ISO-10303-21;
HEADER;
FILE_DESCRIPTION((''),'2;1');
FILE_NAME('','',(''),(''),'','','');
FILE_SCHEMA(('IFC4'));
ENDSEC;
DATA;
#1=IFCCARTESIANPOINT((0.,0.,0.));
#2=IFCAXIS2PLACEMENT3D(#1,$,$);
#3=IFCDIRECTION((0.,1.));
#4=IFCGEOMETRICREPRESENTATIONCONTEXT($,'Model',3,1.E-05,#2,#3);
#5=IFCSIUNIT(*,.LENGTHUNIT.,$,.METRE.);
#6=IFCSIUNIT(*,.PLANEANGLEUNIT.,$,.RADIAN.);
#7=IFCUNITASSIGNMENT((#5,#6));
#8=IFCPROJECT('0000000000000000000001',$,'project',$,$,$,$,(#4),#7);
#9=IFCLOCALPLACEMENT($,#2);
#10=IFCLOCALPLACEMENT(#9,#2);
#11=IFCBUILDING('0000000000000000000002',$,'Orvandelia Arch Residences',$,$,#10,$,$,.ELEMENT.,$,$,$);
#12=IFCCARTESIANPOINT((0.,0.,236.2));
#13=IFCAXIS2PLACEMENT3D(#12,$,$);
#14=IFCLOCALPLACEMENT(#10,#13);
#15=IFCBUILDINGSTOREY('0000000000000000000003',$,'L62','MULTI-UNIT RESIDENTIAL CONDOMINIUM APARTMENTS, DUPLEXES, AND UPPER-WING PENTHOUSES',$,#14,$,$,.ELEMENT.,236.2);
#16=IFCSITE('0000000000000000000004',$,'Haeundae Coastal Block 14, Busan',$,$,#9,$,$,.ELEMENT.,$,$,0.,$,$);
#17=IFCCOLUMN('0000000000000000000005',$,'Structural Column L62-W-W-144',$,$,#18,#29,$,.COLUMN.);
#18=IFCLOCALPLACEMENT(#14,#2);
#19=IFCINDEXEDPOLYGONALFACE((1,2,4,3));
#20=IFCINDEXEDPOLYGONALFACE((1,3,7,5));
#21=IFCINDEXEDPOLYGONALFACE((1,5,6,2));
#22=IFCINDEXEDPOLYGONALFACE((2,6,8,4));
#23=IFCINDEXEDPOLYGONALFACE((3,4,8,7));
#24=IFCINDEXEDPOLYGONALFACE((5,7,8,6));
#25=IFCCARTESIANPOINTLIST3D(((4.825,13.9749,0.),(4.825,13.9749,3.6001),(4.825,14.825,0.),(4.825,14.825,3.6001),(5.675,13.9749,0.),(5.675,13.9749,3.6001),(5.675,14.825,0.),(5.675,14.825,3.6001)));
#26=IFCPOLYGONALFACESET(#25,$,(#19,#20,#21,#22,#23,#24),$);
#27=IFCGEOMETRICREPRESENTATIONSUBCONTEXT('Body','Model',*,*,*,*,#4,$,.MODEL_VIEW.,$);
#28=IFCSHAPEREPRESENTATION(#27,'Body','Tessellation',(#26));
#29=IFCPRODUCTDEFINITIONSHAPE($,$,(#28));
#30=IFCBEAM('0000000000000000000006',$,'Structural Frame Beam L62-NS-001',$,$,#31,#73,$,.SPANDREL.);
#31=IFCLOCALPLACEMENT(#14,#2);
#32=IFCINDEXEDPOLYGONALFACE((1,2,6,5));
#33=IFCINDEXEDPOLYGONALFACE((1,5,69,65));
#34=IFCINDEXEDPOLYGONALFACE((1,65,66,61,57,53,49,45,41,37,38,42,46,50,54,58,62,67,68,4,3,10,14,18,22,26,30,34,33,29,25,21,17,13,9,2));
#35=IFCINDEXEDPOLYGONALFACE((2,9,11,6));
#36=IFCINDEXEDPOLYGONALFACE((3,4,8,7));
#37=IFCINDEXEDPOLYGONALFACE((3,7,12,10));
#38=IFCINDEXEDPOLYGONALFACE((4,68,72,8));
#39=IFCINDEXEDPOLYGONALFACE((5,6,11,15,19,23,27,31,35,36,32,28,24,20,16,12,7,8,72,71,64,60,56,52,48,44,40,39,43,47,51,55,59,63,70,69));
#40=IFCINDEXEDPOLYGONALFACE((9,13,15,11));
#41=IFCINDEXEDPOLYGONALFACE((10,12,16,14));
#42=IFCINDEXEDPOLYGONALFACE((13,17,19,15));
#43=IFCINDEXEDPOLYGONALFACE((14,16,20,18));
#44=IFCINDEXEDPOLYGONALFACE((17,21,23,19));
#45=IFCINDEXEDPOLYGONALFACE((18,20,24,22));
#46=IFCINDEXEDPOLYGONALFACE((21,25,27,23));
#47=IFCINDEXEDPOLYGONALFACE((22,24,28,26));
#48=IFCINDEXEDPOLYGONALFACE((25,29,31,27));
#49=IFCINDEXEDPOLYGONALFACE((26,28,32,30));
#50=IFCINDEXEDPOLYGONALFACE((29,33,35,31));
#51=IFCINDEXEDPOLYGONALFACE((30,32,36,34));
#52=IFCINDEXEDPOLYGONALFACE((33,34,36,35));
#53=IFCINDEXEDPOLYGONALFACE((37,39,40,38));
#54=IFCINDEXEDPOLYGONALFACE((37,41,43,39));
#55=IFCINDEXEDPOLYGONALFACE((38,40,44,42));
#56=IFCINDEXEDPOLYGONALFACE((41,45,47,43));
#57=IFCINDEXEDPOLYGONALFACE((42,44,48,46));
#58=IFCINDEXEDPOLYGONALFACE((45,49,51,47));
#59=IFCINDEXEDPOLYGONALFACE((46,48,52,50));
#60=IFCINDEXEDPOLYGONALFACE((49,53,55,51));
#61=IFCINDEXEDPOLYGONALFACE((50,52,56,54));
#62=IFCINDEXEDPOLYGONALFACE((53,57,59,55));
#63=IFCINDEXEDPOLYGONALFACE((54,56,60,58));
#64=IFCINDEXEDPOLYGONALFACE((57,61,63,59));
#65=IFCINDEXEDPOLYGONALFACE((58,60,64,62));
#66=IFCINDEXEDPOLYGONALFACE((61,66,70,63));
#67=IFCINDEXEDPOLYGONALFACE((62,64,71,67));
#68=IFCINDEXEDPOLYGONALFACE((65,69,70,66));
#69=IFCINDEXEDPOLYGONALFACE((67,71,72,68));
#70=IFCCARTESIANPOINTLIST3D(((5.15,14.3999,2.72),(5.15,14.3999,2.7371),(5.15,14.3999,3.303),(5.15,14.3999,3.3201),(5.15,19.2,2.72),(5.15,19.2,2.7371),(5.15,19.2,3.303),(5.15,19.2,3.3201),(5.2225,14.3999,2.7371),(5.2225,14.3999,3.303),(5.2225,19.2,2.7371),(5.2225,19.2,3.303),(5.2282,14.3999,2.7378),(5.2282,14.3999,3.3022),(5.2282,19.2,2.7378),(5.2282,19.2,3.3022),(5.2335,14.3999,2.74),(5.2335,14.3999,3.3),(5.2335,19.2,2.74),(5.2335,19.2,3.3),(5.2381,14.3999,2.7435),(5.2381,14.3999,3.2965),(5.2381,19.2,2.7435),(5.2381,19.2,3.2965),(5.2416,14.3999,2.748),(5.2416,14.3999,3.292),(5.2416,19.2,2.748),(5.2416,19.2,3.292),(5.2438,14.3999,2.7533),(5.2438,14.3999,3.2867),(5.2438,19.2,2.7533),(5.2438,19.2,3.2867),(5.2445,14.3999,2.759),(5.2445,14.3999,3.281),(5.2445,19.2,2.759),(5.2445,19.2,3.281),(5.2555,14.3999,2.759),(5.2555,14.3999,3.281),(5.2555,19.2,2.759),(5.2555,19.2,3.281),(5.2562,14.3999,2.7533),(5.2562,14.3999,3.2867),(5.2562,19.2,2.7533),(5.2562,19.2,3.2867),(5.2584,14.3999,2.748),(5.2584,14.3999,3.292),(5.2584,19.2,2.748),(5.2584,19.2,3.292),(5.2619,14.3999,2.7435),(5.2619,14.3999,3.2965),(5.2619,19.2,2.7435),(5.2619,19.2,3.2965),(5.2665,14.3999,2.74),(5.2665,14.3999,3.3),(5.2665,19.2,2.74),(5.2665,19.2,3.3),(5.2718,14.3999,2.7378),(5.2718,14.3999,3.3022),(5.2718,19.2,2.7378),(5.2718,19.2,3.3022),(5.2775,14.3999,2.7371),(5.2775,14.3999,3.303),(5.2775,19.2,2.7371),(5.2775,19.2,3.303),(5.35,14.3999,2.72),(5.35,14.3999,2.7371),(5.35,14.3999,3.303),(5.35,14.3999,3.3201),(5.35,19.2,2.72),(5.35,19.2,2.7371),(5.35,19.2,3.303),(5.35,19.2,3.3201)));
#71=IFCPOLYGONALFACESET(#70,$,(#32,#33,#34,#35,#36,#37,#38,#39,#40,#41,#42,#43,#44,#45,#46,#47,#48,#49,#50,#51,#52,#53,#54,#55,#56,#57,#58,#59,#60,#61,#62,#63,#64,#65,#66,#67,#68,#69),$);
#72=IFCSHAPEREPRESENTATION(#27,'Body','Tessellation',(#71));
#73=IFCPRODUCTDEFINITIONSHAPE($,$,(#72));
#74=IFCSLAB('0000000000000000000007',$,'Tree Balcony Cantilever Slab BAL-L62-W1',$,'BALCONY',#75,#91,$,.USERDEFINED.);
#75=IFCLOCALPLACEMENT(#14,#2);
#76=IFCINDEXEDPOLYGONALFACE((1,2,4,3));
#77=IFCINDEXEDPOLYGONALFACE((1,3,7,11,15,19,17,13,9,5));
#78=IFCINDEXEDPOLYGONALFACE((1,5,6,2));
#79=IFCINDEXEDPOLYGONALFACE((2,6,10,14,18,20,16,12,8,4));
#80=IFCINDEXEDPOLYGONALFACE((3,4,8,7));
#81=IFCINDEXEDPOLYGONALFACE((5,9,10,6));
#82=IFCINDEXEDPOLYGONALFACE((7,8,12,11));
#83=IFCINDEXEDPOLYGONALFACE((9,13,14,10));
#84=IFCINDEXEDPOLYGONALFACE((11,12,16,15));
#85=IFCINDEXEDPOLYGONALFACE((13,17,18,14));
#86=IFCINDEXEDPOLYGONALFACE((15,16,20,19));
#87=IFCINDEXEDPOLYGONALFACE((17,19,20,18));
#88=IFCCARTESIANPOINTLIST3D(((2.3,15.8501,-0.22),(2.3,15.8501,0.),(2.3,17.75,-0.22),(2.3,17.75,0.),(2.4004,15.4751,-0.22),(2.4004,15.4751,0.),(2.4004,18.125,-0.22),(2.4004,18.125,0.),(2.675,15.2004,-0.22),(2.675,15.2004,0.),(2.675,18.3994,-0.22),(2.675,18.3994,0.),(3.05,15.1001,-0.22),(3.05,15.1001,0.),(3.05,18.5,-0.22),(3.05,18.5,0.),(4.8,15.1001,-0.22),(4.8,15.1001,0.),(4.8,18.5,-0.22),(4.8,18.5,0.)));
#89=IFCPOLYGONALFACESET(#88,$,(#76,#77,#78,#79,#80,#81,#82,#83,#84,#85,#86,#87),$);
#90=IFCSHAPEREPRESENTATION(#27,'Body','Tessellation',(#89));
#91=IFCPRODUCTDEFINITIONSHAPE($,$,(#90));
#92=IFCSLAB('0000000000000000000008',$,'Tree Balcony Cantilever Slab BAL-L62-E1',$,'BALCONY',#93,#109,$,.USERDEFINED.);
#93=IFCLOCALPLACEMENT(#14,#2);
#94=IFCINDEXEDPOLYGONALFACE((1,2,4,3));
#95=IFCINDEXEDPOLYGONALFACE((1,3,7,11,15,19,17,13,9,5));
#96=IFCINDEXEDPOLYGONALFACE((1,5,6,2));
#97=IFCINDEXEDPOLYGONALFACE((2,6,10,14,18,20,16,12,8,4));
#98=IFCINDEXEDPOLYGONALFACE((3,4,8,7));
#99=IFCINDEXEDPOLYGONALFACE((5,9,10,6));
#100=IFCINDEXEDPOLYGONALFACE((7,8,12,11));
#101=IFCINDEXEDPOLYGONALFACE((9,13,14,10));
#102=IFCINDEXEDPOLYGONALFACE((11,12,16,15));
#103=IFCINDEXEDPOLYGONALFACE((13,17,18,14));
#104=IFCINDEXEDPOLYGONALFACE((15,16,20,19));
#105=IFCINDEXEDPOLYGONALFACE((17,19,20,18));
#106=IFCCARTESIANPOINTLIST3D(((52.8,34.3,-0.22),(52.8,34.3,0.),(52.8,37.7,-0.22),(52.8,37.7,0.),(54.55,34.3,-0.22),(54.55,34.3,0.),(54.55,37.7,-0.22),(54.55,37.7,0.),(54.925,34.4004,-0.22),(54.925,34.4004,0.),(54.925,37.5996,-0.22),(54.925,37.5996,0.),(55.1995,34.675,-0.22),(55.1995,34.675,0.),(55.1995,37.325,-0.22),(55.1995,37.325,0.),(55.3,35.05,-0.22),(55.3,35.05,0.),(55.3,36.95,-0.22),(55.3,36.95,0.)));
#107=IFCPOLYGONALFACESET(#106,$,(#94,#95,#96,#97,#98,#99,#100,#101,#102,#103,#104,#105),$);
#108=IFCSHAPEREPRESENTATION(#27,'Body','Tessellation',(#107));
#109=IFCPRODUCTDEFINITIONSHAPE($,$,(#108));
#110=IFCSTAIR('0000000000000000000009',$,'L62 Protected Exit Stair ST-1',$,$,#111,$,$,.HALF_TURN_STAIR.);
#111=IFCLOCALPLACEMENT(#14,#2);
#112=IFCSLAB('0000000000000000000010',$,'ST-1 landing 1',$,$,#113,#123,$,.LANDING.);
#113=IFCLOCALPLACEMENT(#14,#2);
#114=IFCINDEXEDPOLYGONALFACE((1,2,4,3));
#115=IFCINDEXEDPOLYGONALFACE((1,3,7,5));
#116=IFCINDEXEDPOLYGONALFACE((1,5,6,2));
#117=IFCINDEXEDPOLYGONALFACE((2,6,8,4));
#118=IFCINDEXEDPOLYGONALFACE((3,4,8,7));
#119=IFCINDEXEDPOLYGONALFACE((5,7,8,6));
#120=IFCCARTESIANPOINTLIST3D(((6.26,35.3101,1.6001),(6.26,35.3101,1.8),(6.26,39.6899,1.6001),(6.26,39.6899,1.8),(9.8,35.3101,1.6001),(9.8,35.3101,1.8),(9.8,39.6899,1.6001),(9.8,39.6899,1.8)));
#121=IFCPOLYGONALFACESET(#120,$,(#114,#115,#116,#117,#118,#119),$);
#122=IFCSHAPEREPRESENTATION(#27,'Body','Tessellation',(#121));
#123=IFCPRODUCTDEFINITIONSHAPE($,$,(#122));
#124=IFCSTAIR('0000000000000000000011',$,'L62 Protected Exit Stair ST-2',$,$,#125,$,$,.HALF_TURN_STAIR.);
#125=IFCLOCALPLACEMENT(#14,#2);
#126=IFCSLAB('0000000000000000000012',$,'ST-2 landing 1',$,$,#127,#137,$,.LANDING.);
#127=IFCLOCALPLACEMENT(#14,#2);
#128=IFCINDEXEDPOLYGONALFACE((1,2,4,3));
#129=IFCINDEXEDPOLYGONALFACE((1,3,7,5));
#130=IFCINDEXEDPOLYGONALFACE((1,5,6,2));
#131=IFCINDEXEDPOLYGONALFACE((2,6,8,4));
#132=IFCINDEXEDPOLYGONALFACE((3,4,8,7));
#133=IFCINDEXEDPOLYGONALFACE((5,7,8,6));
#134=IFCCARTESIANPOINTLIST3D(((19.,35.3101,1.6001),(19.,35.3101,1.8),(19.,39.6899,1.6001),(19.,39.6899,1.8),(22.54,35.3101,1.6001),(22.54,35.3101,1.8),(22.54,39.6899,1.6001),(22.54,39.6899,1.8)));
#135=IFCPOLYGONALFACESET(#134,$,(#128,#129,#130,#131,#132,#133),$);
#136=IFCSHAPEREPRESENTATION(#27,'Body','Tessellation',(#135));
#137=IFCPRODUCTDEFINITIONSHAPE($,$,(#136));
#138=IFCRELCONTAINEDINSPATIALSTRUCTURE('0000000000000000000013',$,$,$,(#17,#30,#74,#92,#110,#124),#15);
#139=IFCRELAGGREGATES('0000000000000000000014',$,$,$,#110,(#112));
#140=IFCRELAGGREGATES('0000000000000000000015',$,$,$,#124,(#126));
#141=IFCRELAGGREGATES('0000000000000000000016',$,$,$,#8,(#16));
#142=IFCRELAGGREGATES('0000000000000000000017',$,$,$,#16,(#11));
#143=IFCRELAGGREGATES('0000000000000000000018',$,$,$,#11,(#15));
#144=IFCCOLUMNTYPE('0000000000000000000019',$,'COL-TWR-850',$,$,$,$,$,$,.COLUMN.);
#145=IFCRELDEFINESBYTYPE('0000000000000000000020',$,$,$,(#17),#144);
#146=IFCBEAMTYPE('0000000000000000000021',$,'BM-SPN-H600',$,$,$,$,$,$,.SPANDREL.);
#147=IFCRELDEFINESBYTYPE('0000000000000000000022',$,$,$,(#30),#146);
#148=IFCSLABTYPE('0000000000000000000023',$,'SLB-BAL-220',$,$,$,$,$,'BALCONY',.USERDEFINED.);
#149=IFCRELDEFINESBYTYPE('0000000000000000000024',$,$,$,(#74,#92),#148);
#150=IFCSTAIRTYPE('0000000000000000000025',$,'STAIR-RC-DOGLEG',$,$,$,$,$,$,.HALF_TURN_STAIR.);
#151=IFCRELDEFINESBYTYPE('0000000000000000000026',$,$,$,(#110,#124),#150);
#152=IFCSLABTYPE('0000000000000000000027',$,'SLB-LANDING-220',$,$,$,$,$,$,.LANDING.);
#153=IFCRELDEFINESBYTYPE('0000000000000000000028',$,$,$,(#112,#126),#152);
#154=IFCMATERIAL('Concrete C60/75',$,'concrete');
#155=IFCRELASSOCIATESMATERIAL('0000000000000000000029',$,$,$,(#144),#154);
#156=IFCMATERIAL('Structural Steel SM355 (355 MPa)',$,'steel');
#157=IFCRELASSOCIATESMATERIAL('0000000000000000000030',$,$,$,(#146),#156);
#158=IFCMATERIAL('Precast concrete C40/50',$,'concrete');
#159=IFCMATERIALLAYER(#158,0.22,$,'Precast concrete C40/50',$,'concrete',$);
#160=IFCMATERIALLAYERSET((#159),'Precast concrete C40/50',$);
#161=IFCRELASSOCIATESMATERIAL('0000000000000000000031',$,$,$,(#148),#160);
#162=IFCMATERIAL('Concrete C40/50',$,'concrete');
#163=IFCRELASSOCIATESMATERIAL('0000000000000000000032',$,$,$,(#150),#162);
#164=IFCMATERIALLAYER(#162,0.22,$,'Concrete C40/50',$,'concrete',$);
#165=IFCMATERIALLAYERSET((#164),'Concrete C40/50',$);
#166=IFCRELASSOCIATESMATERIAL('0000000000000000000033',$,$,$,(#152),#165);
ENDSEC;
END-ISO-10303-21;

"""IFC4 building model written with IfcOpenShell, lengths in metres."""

from ifc_helpers import new_model, si_unit, direction, frame, origin, origin_2d, place, context, subcontext, project, spatial, polyline, rectangle, i_section, outline, extrude, material, layer, layer_set, material_profile, profile_set, type_object, element, aggregate, save


model = new_model("IFC4")

# Units and contexts
model_context = context("Model", 3, precision=1e-05, world=origin(), true_north=direction((0.0, 1.0)))
body_context = subcontext(model_context, "Body", "Model", "MODEL_VIEW")
ifc_project = project(units=[si_unit("LENGTHUNIT", "METRE"), si_unit("PLANEANGLEUNIT", "RADIAN")], contexts=[model_context])

# Site, building, storey
site_placement = place(None, origin())
site = spatial("IfcSite", under=ifc_project, at=site_placement, Name="Haeundae Coastal Block 14, Busan", CompositionType="ELEMENT", RefElevation=0.0)
building_placement = place(site_placement, origin())
building = spatial("IfcBuilding", under=site, at=building_placement, Name="Orvandelia Arch Residences", CompositionType="ELEMENT")
storey_placement = place(building_placement, frame((0.0, 0.0, 236.2)))
storey = spatial("IfcBuildingStorey", under=building, at=storey_placement, Name="L62", Description="MULTI-UNIT RESIDENTIAL CONDOMINIUM APARTMENTS, DUPLEXES, AND UPPER-WING PENTHOUSES", CompositionType="ELEMENT", Elevation=236.2)

# Column
ifc_material_1 = material(Name="Concrete C60/75", Category="concrete")
ifc_material_profile_1 = material_profile(ifc_material_1, rectangle(XDim=0.8501, YDim=0.8501, at=origin_2d()), Name="Concrete C60/75", Category="concrete")
ifc_profile_set_1 = profile_set([ifc_material_profile_1], Name="Concrete C60/75")
column_type = type_object("IfcColumnType", Name="COL-TWR-850", PredefinedType="COLUMN", material=ifc_profile_set_1)
column_placement = place(storey_placement, frame((5.25, 14.3999, 0.0), z_axis=(0.0, 0.0, 1.0), x_axis=(1.0, 0.0, 0.0)))
element("IfcColumn", 1, at=column_placement, inside=storey, type_object=column_type, Name="Structural Column L62-W-W-144", PredefinedType="COLUMN", context=body_context, shape_type="SweptSolid", body=[
    extrude(rectangle(XDim=0.8501, YDim=0.8501, at=origin_2d()), origin(), (0.0, 0.0, 1.0), 3.6001),
])

# Beam
ifc_material_2 = material(Name="Structural Steel SM355 (355 MPa)", Category="steel")
ifc_material_profile_2 = material_profile(ifc_material_2, i_section(OverallWidth=0.2, OverallDepth=0.6001, WebThickness=0.011, FlangeThickness=0.0171, FilletRadius=0.022, at=origin_2d()), Name="Structural Steel SM355 (355 MPa)", Category="steel")
ifc_profile_set_2 = profile_set([ifc_material_profile_2], Name="Structural Steel SM355 (355 MPa)")
beam_type = type_object("IfcBeamType", Name="BM-SPN-H600", PredefinedType="SPANDREL", material=ifc_profile_set_2)
beam_placement = place(storey_placement, frame((5.25, 14.3999, 3.02), z_axis=(0.0, 1.0, 0.0), x_axis=(-1.0, 0.0, 0.0)))
element("IfcBeam", 2, at=beam_placement, inside=storey, type_object=beam_type, Name="Structural Frame Beam L62-NS-001", PredefinedType="SPANDREL", context=body_context, shape_type="SweptSolid", body=[
    extrude(i_section(OverallWidth=0.2, OverallDepth=0.6001, WebThickness=0.011, FlangeThickness=0.0171, FilletRadius=0.022, at=origin_2d()), origin(), (0.0, 0.0, 1.0), 4.8),
])

# Slabs
ifc_material_3 = material(Name="Precast concrete C40/50", Category="concrete")
ifc_layer_1 = layer(ifc_material_3, 0.22, Name="Precast concrete C40/50", Category="concrete")
ifc_layer_set_1 = layer_set([ifc_layer_1], Name="Precast concrete C40/50")
slab_type_1 = type_object("IfcSlabType", Name="SLB-BAL-220", ElementType="BALCONY", PredefinedType="USERDEFINED", material=ifc_layer_set_1)
slab_1_placement = place(storey_placement, frame((0.0, 0.0, -0.22)))
element("IfcSlab", 3, at=slab_1_placement, inside=storey, type_object=slab_type_1, Name="Tree Balcony Cantilever Slab BAL-L62-W1", ObjectType="BALCONY", PredefinedType="USERDEFINED", context=body_context, shape_type="SweptSolid", body=[
    extrude(outline(polyline([(4.8, 15.1001), (4.8, 18.5), (3.05, 18.5), (2.675, 18.3994), (2.4004, 18.125), (2.3, 17.75), (2.3, 15.8501), (2.4004, 15.4751), (2.675, 15.2004), (3.05, 15.1001), (4.8, 15.1001)])), origin(), (0.0, 0.0, 1.0), 0.22),
])
slab_2_placement = place(storey_placement, frame((0.0, 0.0, -0.22)))
element("IfcSlab", 4, at=slab_2_placement, inside=storey, type_object=slab_type_1, Name="Tree Balcony Cantilever Slab BAL-L62-E1", ObjectType="BALCONY", PredefinedType="USERDEFINED", context=body_context, shape_type="SweptSolid", body=[
    extrude(outline(polyline([(52.8, 37.7), (52.8, 34.3), (54.55, 34.3), (54.925, 34.4004), (55.1995, 34.675), (55.3, 35.05), (55.3, 36.95), (55.1995, 37.325), (54.925, 37.5996), (54.55, 37.7), (52.8, 37.7)])), origin(), (0.0, 0.0, 1.0), 0.22),
])

# Stairs, slabs
ifc_material_4 = material(Name="Concrete C40/50", Category="concrete")
stair_type = type_object("IfcStairType", Name="STAIR-RC-DOGLEG", PredefinedType="HALF_TURN_STAIR", material=ifc_material_4)
stair_1_placement = place(storey_placement, origin())
stair_1 = element("IfcStair", 5, at=stair_1_placement, inside=storey, type_object=stair_type, Name="L62 Protected Exit Stair ST-1", PredefinedType="HALF_TURN_STAIR")
ifc_layer_2 = layer(ifc_material_4, 0.22, Name="Concrete C40/50", Category="concrete")
ifc_layer_set_2 = layer_set([ifc_layer_2], Name="Concrete C40/50")
slab_type_2 = type_object("IfcSlabType", Name="SLB-LANDING-220", PredefinedType="LANDING", material=ifc_layer_set_2)
slab_3_placement = place(storey_placement, frame((0.0, 0.0, 1.6001)))
slab_3 = element("IfcSlab", 6, at=slab_3_placement, type_object=slab_type_2, Name="ST-1 landing 1", PredefinedType="LANDING", context=body_context, shape_type="SweptSolid", body=[
    extrude(outline(polyline([(9.8, 35.3101), (9.8, 39.6899), (6.26, 39.6899), (6.26, 35.3101), (9.8, 35.3101)])), origin(), (0.0, 0.0, 1.0), 0.2),
])
aggregate(stair_1, [slab_3])
stair_2_placement = place(storey_placement, origin())
stair_2 = element("IfcStair", 7, at=stair_2_placement, inside=storey, type_object=stair_type, Name="L62 Protected Exit Stair ST-2", PredefinedType="HALF_TURN_STAIR")
slab_4_placement = place(storey_placement, frame((0.0, 0.0, 1.6001)))
slab_4 = element("IfcSlab", 8, at=slab_4_placement, type_object=slab_type_2, Name="ST-2 landing 1", PredefinedType="LANDING", context=body_context, shape_type="SweptSolid", body=[
    extrude(outline(polyline([(22.54, 35.3101), (22.54, 39.6899), (19.0, 39.6899), (19.0, 35.3101), (22.54, 35.3101)])), origin(), (0.0, 0.0, 1.0), 0.2),
])
aggregate(stair_2, [slab_4])

save(model, "model.ifc")
